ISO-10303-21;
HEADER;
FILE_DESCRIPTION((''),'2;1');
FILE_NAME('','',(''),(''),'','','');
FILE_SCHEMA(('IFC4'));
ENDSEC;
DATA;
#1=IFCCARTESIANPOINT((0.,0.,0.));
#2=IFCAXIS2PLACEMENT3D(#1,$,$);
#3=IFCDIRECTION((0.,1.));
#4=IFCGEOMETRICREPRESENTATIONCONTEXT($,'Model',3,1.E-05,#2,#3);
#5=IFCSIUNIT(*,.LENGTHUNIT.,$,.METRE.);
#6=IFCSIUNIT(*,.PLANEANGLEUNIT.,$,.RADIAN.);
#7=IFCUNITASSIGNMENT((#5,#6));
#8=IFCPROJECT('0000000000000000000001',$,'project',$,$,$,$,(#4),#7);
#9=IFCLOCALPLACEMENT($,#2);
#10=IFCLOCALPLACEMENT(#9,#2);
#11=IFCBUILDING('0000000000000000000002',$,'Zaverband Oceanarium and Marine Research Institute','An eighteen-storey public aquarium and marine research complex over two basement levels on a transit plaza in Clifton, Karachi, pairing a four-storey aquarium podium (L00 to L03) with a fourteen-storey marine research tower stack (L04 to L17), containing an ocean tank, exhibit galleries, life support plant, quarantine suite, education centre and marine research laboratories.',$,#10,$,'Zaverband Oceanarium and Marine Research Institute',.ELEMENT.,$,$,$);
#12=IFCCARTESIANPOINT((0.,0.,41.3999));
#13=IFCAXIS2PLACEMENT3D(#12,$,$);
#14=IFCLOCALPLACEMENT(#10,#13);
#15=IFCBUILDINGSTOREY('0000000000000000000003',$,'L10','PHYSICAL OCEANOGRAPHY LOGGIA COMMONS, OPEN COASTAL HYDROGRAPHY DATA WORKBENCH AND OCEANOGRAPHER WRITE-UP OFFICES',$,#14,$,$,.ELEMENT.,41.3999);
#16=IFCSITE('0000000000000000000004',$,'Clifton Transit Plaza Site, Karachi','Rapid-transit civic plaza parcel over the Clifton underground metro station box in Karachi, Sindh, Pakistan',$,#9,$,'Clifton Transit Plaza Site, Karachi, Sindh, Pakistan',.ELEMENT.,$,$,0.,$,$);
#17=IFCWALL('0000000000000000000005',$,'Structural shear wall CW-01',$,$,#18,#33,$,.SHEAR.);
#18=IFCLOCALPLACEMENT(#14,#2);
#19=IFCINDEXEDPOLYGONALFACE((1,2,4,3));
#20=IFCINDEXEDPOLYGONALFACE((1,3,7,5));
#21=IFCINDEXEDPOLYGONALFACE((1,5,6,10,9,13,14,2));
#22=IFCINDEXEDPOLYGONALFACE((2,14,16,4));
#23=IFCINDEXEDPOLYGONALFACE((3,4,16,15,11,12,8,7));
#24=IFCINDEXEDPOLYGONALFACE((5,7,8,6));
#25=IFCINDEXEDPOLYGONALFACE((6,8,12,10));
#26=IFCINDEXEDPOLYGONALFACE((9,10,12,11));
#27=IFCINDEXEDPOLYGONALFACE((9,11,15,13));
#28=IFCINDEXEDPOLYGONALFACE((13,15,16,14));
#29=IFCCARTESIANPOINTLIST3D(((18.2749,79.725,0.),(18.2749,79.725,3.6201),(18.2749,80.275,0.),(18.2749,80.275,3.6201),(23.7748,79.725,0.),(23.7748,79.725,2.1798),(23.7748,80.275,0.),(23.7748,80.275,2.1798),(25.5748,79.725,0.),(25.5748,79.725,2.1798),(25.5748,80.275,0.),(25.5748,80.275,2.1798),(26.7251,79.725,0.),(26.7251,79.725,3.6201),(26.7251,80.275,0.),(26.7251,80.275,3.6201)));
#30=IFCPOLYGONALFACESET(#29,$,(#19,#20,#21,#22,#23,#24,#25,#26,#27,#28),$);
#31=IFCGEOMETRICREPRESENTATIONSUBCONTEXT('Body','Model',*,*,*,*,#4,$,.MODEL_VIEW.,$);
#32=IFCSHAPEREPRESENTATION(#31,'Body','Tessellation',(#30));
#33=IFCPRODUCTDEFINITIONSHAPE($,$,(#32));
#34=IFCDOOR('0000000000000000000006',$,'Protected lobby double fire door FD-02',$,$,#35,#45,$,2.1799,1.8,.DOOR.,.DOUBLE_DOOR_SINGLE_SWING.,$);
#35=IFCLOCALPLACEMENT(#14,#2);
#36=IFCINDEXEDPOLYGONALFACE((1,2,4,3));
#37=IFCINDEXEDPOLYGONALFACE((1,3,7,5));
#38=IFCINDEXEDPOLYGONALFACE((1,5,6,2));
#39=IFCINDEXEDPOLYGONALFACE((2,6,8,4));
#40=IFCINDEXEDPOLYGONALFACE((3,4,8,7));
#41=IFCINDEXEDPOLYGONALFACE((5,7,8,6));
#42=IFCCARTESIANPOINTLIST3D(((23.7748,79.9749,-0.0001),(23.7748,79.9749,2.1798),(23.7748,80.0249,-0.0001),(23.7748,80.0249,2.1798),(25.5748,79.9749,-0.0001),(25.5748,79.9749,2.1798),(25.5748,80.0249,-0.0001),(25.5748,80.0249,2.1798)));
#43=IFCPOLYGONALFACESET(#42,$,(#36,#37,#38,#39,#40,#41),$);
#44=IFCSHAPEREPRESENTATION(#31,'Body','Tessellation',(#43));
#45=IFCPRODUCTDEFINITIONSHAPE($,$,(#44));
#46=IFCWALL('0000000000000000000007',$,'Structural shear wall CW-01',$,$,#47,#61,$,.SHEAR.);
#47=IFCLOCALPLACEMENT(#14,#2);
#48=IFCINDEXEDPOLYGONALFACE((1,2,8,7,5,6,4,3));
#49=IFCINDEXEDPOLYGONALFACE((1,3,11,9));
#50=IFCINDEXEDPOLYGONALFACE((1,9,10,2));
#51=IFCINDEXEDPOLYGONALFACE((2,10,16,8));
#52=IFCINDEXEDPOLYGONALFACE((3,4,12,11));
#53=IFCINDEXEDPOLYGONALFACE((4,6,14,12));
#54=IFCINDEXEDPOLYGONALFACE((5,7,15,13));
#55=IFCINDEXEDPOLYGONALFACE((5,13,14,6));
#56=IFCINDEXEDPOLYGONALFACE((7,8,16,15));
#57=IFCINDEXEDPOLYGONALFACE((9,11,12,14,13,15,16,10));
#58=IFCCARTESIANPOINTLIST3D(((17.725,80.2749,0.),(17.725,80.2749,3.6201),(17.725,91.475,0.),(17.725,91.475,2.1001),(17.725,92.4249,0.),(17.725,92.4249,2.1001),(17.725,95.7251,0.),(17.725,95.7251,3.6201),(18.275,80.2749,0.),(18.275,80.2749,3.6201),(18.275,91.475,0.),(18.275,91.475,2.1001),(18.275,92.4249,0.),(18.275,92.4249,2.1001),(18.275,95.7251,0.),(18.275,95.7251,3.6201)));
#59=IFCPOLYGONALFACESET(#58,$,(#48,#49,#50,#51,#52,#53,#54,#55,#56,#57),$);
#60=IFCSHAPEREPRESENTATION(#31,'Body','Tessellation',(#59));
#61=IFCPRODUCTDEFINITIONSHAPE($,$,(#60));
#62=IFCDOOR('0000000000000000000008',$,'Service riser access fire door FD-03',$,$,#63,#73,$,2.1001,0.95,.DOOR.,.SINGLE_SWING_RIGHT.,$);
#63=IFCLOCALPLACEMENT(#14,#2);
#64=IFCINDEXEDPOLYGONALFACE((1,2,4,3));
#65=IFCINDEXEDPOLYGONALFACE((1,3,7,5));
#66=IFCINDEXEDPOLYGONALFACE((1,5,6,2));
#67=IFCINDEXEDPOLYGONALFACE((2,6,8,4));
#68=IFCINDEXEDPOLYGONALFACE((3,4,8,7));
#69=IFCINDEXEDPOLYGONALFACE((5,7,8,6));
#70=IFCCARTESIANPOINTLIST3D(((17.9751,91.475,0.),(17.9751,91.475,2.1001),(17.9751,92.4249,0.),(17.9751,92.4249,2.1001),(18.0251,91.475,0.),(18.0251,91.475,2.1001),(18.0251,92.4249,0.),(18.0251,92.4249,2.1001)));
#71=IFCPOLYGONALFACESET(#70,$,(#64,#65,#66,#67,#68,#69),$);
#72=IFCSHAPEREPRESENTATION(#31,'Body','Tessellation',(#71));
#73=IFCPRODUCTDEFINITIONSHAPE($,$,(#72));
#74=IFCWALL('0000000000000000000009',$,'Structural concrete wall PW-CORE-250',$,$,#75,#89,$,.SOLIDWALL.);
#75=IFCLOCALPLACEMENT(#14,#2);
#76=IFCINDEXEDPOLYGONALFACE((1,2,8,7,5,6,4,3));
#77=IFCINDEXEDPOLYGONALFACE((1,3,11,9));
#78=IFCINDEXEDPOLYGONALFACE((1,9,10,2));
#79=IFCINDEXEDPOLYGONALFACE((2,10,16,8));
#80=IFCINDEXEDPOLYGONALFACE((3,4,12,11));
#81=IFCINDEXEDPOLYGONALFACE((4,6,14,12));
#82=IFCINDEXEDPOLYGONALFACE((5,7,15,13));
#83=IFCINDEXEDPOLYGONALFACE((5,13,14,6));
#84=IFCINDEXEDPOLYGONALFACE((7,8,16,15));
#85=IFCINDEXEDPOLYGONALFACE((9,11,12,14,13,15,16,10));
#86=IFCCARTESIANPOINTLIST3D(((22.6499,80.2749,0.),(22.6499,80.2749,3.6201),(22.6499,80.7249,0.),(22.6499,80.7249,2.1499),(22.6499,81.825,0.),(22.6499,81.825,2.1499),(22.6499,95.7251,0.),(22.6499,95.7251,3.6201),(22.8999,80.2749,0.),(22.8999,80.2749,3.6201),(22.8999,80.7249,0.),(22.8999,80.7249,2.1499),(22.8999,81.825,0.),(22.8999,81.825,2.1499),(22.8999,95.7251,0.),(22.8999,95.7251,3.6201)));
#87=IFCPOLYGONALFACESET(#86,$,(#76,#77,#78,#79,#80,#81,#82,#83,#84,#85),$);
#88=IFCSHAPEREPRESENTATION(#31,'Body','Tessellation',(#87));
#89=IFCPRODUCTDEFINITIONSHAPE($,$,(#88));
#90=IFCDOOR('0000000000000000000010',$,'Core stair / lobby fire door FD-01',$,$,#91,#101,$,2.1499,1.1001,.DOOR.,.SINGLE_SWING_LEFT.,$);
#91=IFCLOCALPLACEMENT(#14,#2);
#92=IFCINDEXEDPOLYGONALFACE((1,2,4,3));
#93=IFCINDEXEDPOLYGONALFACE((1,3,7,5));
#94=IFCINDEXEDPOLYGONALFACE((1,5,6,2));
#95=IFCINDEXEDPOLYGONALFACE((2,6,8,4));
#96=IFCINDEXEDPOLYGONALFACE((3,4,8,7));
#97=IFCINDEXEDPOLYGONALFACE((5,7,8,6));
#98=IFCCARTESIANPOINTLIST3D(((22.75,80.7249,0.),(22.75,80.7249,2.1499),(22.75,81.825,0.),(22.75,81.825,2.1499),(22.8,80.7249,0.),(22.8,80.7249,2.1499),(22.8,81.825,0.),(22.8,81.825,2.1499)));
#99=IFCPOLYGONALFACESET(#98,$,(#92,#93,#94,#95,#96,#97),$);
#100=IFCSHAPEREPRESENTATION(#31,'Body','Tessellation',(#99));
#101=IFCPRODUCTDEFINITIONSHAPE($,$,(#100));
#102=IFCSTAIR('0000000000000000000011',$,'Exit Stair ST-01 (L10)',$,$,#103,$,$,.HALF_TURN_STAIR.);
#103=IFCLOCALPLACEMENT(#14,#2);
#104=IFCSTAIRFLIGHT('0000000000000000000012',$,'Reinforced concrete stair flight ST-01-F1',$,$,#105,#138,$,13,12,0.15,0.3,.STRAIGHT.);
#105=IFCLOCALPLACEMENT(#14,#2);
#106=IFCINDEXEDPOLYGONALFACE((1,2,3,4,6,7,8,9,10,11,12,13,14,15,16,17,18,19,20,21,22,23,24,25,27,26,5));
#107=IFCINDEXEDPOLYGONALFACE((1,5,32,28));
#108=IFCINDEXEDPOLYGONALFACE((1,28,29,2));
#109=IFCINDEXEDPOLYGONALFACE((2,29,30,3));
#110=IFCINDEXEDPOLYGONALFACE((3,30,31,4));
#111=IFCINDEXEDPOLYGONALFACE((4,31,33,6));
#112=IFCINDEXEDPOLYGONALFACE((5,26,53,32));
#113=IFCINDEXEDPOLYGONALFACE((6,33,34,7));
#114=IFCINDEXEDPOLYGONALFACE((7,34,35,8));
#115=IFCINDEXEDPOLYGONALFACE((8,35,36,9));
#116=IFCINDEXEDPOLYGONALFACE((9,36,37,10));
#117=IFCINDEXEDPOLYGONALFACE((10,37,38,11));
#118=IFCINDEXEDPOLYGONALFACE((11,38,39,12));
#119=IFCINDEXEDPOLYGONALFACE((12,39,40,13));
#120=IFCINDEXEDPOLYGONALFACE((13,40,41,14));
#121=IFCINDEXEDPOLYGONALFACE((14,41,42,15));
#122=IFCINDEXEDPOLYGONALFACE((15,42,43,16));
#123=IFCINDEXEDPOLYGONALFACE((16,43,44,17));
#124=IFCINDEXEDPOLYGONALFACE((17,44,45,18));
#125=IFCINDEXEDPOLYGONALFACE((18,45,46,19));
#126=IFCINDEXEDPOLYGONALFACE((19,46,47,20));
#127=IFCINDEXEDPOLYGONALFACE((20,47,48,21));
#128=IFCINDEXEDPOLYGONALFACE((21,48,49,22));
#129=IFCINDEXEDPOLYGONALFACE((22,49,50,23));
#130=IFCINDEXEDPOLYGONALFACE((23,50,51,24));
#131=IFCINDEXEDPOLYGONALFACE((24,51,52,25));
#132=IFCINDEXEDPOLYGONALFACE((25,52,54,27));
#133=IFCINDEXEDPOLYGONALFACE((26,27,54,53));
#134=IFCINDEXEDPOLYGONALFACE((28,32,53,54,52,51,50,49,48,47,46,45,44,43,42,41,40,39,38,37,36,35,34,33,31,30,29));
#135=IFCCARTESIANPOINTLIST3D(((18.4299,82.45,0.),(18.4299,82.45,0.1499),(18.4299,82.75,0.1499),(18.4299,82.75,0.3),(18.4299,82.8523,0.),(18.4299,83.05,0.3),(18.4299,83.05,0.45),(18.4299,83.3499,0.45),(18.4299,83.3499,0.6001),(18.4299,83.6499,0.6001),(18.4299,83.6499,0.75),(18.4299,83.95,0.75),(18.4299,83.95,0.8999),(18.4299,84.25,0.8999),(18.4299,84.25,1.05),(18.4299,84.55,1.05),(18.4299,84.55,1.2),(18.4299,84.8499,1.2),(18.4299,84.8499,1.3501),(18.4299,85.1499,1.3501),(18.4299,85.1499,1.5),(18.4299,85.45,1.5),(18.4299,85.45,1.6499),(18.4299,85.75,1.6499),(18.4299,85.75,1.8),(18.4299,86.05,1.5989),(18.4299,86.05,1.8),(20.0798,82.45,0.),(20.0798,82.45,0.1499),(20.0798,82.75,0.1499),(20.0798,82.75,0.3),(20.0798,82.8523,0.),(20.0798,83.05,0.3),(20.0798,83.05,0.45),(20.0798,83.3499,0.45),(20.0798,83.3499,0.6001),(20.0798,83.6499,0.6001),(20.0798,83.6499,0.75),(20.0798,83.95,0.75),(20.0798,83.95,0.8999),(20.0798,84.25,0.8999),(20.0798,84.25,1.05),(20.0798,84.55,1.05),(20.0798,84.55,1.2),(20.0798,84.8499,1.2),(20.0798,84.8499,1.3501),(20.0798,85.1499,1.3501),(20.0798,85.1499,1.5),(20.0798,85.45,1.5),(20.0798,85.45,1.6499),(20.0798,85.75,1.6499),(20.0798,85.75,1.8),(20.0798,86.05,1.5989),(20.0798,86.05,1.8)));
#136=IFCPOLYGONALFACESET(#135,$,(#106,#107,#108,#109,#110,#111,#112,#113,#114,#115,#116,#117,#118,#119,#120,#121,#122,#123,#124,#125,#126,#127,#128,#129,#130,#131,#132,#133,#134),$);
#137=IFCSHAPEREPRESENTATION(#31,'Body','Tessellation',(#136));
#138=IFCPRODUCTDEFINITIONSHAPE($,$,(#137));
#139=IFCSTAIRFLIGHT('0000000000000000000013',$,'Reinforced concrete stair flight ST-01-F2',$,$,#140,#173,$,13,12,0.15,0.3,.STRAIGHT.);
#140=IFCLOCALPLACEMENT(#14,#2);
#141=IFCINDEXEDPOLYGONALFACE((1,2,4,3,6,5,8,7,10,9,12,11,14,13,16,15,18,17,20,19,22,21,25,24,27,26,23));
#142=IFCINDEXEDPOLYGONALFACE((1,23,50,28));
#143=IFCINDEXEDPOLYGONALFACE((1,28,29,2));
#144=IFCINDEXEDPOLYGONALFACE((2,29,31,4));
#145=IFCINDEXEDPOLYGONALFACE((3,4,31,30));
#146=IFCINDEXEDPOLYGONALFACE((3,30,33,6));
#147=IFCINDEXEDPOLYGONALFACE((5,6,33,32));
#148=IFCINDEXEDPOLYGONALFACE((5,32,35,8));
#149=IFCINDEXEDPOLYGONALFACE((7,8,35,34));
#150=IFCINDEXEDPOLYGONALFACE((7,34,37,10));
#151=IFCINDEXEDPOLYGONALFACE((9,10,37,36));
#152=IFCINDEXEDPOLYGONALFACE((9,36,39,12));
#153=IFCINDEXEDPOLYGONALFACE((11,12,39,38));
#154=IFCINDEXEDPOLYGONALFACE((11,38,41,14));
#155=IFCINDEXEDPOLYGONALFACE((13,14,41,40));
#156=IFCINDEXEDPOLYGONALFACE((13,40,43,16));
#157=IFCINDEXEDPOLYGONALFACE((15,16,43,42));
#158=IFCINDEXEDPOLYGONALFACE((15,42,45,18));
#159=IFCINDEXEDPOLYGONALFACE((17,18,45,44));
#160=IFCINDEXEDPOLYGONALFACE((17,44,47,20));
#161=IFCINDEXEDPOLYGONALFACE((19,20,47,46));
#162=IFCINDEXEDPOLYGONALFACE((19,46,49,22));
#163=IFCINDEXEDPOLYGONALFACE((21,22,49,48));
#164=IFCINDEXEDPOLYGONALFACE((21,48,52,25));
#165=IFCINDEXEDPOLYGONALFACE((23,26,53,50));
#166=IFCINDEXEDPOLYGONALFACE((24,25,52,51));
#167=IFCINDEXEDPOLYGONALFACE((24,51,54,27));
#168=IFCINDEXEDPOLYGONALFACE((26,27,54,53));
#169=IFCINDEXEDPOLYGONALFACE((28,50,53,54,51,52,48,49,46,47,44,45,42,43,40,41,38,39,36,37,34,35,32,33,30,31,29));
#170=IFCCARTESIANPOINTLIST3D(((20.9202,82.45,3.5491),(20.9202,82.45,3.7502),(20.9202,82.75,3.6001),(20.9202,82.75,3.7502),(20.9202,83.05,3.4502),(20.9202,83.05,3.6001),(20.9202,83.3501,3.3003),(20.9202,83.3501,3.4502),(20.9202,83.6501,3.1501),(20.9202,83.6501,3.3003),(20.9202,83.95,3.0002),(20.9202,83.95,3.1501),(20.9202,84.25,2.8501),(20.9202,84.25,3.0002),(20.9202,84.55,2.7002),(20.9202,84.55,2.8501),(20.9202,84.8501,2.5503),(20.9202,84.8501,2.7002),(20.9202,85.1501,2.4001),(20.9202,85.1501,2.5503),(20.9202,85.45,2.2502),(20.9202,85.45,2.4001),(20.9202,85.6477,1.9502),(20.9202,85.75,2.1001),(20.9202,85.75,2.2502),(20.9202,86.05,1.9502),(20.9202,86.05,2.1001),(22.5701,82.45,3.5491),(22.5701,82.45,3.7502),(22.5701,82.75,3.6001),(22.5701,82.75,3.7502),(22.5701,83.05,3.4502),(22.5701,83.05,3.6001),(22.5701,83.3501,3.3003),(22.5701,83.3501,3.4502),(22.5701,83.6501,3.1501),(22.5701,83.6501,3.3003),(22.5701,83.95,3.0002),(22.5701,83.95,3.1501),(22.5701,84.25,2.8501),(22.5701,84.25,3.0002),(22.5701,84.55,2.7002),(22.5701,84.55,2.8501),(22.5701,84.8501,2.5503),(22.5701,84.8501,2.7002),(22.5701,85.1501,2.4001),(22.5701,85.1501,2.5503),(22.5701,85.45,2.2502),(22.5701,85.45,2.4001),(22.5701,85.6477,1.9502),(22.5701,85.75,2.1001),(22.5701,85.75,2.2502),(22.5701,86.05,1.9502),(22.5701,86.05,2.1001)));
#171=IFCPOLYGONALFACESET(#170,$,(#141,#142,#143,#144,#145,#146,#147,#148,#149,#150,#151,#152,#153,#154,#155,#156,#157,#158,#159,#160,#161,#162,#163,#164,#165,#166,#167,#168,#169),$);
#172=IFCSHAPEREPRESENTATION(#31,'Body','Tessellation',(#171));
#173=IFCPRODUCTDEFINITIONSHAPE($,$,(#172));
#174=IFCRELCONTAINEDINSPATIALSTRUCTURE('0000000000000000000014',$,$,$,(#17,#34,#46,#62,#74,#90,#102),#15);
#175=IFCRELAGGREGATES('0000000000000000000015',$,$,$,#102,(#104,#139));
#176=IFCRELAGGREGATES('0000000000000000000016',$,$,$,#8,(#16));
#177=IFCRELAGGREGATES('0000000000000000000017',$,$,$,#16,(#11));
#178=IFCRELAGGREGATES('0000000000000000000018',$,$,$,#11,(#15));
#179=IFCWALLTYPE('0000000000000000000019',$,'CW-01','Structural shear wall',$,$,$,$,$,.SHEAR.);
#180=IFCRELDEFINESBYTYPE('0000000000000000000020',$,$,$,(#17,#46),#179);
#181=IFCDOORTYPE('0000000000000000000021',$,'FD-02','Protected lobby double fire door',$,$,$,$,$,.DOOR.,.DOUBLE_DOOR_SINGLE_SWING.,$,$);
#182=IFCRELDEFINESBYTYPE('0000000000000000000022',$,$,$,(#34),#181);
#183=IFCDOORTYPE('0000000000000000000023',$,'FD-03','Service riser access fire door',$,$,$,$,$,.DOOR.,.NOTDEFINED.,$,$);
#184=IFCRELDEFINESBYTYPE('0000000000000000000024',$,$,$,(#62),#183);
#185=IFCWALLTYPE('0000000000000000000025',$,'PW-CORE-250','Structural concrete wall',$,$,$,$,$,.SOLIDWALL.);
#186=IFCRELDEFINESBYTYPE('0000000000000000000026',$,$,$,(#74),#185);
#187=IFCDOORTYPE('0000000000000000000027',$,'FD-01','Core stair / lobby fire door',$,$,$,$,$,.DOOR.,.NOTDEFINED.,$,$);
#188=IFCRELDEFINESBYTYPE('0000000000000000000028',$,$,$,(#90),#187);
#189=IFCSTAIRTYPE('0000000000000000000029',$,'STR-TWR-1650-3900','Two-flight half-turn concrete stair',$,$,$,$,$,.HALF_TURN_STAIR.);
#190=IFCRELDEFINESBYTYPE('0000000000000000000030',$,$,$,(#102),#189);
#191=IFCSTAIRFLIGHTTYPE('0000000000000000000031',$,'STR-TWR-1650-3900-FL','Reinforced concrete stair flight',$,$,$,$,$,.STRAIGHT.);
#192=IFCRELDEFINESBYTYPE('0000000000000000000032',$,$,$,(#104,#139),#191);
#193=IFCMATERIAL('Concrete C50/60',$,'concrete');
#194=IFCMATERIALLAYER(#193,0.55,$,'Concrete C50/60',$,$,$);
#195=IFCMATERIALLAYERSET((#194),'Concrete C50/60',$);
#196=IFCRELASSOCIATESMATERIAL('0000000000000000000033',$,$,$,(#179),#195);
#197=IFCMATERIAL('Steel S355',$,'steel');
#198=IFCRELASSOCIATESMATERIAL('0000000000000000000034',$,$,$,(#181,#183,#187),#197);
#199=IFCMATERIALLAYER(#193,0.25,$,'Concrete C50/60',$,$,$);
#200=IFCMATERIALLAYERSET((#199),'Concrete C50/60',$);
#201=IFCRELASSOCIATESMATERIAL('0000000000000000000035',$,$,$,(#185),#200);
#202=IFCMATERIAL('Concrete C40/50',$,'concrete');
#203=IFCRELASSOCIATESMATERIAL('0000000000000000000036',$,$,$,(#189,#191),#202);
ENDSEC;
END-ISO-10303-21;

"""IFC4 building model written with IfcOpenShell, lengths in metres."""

from ifc_helpers import new_model, si_unit, direction, frame, frame_2d, origin, place, context, subcontext, project, spatial, polyline, rectangle, outline, extrude, material, layer, layer_set, type_object, element, fill, aggregate, save


model = new_model("IFC4")

# Units and contexts
model_context = context("Model", 3, precision=1e-05, world=origin(), true_north=direction((0.0, 1.0)))
body_context = subcontext(model_context, "Body", "Model", "MODEL_VIEW")
ifc_project = project(units=[si_unit("LENGTHUNIT", "METRE"), si_unit("PLANEANGLEUNIT", "RADIAN")], contexts=[model_context])

# Site, building, storey
site_placement = place(None, origin())
site = spatial("IfcSite", under=ifc_project, at=site_placement, Name="Clifton Transit Plaza Site, Karachi", Description="Rapid-transit civic plaza parcel over the Clifton underground metro station box in Karachi, Sindh, Pakistan", LongName="Clifton Transit Plaza Site, Karachi, Sindh, Pakistan", CompositionType="ELEMENT", RefElevation=0.0)
building_placement = place(site_placement, origin())
building = spatial("IfcBuilding", under=site, at=building_placement, Name="Zaverband Oceanarium and Marine Research Institute", Description="An eighteen-storey public aquarium and marine research complex over two basement levels on a transit plaza in Clifton, Karachi, pairing a four-storey aquarium podium (L00 to L03) with a fourteen-storey marine research tower stack (L04 to L17), containing an ocean tank, exhibit galleries, life support plant, quarantine suite, education centre and marine research laboratories.", LongName="Zaverband Oceanarium and Marine Research Institute", CompositionType="ELEMENT")
storey_placement = place(building_placement, frame((0.0, 0.0, 41.3999)))
storey = spatial("IfcBuildingStorey", under=building, at=storey_placement, Name="L10", Description="PHYSICAL OCEANOGRAPHY LOGGIA COMMONS, OPEN COASTAL HYDROGRAPHY DATA WORKBENCH AND OCEANOGRAPHER WRITE-UP OFFICES", CompositionType="ELEMENT", Elevation=41.3999)

# Shared definitions
ifc_material_1 = material(Name="Concrete C50/60", Category="concrete")

# Shared definitions
ifc_material_2 = material(Name="Concrete C40/50", Category="concrete")

# Walls, openings, doors
ifc_layer_1 = layer(ifc_material_1, 0.55, Name="Concrete C50/60")
ifc_layer_set_1 = layer_set([ifc_layer_1], Name="Concrete C50/60")
wall_type_1 = type_object("IfcWallType", Name="CW-01", Description="Structural shear wall", PredefinedType="SHEAR", material=ifc_layer_set_1)
wall_1_placement = place(storey_placement, frame((18.2749, 80.0, 0.0), z_axis=(0.0, 0.0, 1.0), x_axis=(1.0, 0.0, 0.0)))
wall_1 = element("IfcWall", 1, at=wall_1_placement, inside=storey, type_object=wall_type_1, Name="Structural shear wall CW-01", PredefinedType="SHEAR", context=body_context, shape_type="SweptSolid", body=[
    extrude(rectangle(XDim=8.4502, YDim=0.55, at=frame_2d((4.2251, 0.0))), origin(), (0.0, 0.0, 1.0), 3.6201),
])
opening_1_placement = place(wall_1_placement, frame((5.5, 0.0, 0.0)))
opening_1 = element("IfcOpeningElement", 2, at=opening_1_placement, cuts=wall_1, PredefinedType="OPENING", context=body_context, shape_type="SweptSolid", body=[
    extrude(rectangle(XDim=1.8, YDim=2.1799, at=frame_2d((0.8999, 1.0898))), frame((0.0, 0.2871, 0.0), z_axis=(0.0, -1.0, 0.0), x_axis=(1.0, 0.0, 0.0)), (0.0, 0.0, 1.0), 0.574),
])
ifc_material_3 = material(Name="Steel S355", Category="steel")
door_type_1 = type_object("IfcDoorType", Name="FD-02", Description="Protected lobby double fire door", OperationType="DOUBLE_DOOR_SINGLE_SWING", PredefinedType="DOOR", material=ifc_material_3)
door_1_placement = place(opening_1_placement, origin())
door_1 = element("IfcDoor", 3, at=door_1_placement, inside=storey, type_object=door_type_1, Name="Protected lobby double fire door FD-02", OperationType="DOUBLE_DOOR_SINGLE_SWING", OverallHeight=2.1799, OverallWidth=1.8, PredefinedType="DOOR", context=body_context, shape_type="SweptSolid", body=[
    extrude(rectangle(XDim=1.8, YDim=2.1799, at=frame_2d((0.8999, 1.0898))), frame((0.0, 0.0249, 0.0), z_axis=(0.0, -1.0, 0.0), x_axis=(1.0, 0.0, 0.0)), (0.0, 0.0, 1.0), 0.05),
])
fill(opening_1, door_1)
wall_2_placement = place(storey_placement, frame((18.0, 80.2749, 0.0), z_axis=(0.0, 0.0, 1.0), x_axis=(0.0, 1.0, 0.0)))
wall_2 = element("IfcWall", 4, at=wall_2_placement, inside=storey, type_object=wall_type_1, Name="Structural shear wall CW-01", PredefinedType="SHEAR", context=body_context, shape_type="SweptSolid", body=[
    extrude(rectangle(XDim=15.4502, YDim=0.55, at=frame_2d((7.7251, 0.0))), origin(), (0.0, 0.0, 1.0), 3.6201),
])
opening_2_placement = place(wall_2_placement, frame((11.2, 0.0, 0.0)))
opening_2 = element("IfcOpeningElement", 5, at=opening_2_placement, cuts=wall_2, PredefinedType="OPENING", context=body_context, shape_type="SweptSolid", body=[
    extrude(rectangle(XDim=0.95, YDim=2.1001, at=frame_2d((0.4751, 1.05))), frame((0.0, 0.2871, 0.0), z_axis=(0.0, -1.0, 0.0), x_axis=(1.0, 0.0, 0.0)), (0.0, 0.0, 1.0), 0.574),
])
door_type_2 = type_object("IfcDoorType", Name="FD-03", Description="Service riser access fire door", OperationType="NOTDEFINED", PredefinedType="DOOR", material=ifc_material_3)
door_2_placement = place(opening_2_placement, origin())
door_2 = element("IfcDoor", 6, at=door_2_placement, inside=storey, type_object=door_type_2, Name="Service riser access fire door FD-03", OperationType="SINGLE_SWING_RIGHT", OverallHeight=2.1001, OverallWidth=0.95, PredefinedType="DOOR", context=body_context, shape_type="SweptSolid", body=[
    extrude(rectangle(XDim=0.95, YDim=2.1001, at=frame_2d((0.4751, 1.05))), frame((0.0, 0.0249, 0.0), z_axis=(0.0, -1.0, 0.0), x_axis=(1.0, 0.0, 0.0)), (0.0, 0.0, 1.0), 0.05),
])
fill(opening_2, door_2)

# Wall, opening, door
ifc_layer_2 = layer(ifc_material_1, 0.25, Name="Concrete C50/60")
ifc_layer_set_2 = layer_set([ifc_layer_2], Name="Concrete C50/60")
wall_type_2 = type_object("IfcWallType", Name="PW-CORE-250", Description="Structural concrete wall", PredefinedType="SOLIDWALL", material=ifc_layer_set_2)
wall_3_placement = place(storey_placement, frame((22.7749, 80.2749, 0.0), z_axis=(0.0, 0.0, 1.0), x_axis=(0.0, 1.0, 0.0)))
wall_3 = element("IfcWall", 7, at=wall_3_placement, inside=storey, type_object=wall_type_2, Name="Structural concrete wall PW-CORE-250", PredefinedType="SOLIDWALL", context=body_context, shape_type="SweptSolid", body=[
    extrude(rectangle(XDim=15.4502, YDim=0.25, at=frame_2d((7.7251, 0.0))), origin(), (0.0, 0.0, 1.0), 3.6201),
])
opening_3_placement = place(wall_3_placement, frame((0.45, 0.0, 0.0)))
opening_3 = element("IfcOpeningElement", 8, at=opening_3_placement, cuts=wall_3, PredefinedType="OPENING", context=body_context, shape_type="SweptSolid", body=[
    extrude(rectangle(XDim=1.1001, YDim=2.1499, at=frame_2d((0.55, 1.075))), frame((0.0, 0.137, 0.0), z_axis=(0.0, -1.0, 0.0), x_axis=(1.0, 0.0, 0.0)), (0.0, 0.0, 1.0), 0.2739),
])
door_type_3 = type_object("IfcDoorType", Name="FD-01", Description="Core stair / lobby fire door", OperationType="NOTDEFINED", PredefinedType="DOOR", material=ifc_material_3)
door_3_placement = place(opening_3_placement, origin())
door_3 = element("IfcDoor", 9, at=door_3_placement, inside=storey, type_object=door_type_3, Name="Core stair / lobby fire door FD-01", OperationType="SINGLE_SWING_LEFT", OverallHeight=2.1499, OverallWidth=1.1001, PredefinedType="DOOR", context=body_context, shape_type="SweptSolid", body=[
    extrude(rectangle(XDim=1.1001, YDim=2.1499, at=frame_2d((0.55, 1.075))), frame((0.0, 0.0249, 0.0), z_axis=(0.0, -1.0, 0.0), x_axis=(1.0, 0.0, 0.0)), (0.0, 0.0, 1.0), 0.05),
])
fill(opening_3, door_3)

# Stair, stair flights
stair_type = type_object("IfcStairType", Name="STR-TWR-1650-3900", Description="Two-flight half-turn concrete stair", PredefinedType="HALF_TURN_STAIR", material=ifc_material_2)
stair_placement = place(storey_placement, origin())
stair = element("IfcStair", 10, at=stair_placement, inside=storey, type_object=stair_type, Name="Exit Stair ST-01 (L10)", PredefinedType="HALF_TURN_STAIR")
stair_flight_type = type_object("IfcStairFlightType", Name="STR-TWR-1650-3900-FL", Description="Reinforced concrete stair flight", PredefinedType="STRAIGHT", material=ifc_material_2)
stair_flight_1_placement = place(storey_placement, frame((19.2549, 82.45, 0.0), z_axis=(0.0, 0.0, 1.0), x_axis=(0.0, 1.0, 0.0)))
stair_flight_1 = element("IfcStairFlight", 11, at=stair_flight_1_placement, type_object=stair_flight_type, Name="Reinforced concrete stair flight ST-01-F1", NumberOfRisers=13, NumberOfTreads=12, PredefinedType="STRAIGHT", RiserHeight=0.15, TreadLength=0.3, context=body_context, shape_type="SweptSolid", body=[
    extrude(outline(polyline([(0.0, 0.0), (0.0, 0.1499), (0.3, 0.1499), (0.3, 0.3), (0.6001, 0.3), (0.6001, 0.45), (0.8999, 0.45), (0.8999, 0.6001), (1.2, 0.6001), (1.2, 0.75), (1.5, 0.75), (1.5, 0.8999), (1.8, 0.8999), (1.8, 1.05), (2.1001, 1.05), (2.1001, 1.2), (2.3999, 1.2), (2.3999, 1.3501), (2.7, 1.3501), (2.7, 1.5), (3.0, 1.5), (3.0, 1.6499), (3.3, 1.6499), (3.3, 1.8), (3.6001, 1.8), (3.6001, 1.95), (3.6001, 1.5989), (0.4023, 0.0), (0.0, 0.0)])), frame((0.0, 0.825, 0.0), z_axis=(0.0, -1.0, 0.0), x_axis=(1.0, 0.0, 0.0)), (0.0, 0.0, 1.0), 1.6499),
])
stair_flight_2_placement = place(storey_placement, frame((21.7451, 86.05, 1.9502), z_axis=(0.0, 0.0, 1.0), x_axis=(0.0, -1.0, 0.0)))
stair_flight_2 = element("IfcStairFlight", 12, at=stair_flight_2_placement, type_object=stair_flight_type, Name="Reinforced concrete stair flight ST-01-F2", NumberOfRisers=13, NumberOfTreads=12, PredefinedType="STRAIGHT", RiserHeight=0.15, TreadLength=0.3, context=body_context, shape_type="SweptSolid", body=[
    extrude(outline(polyline([(0.0, 0.0), (0.0, 0.1499), (0.3, 0.1499), (0.3, 0.3), (0.6001, 0.3), (0.6001, 0.45), (0.8999, 0.45), (0.8999, 0.6001), (1.2, 0.6001), (1.2, 0.75), (1.5, 0.75), (1.5, 0.8999), (1.8, 0.8999), (1.8, 1.05), (2.1001, 1.05), (2.1001, 1.2), (2.3999, 1.2), (2.3999, 1.3501), (2.7, 1.3501), (2.7, 1.5), (3.0, 1.5), (3.0, 1.6499), (3.3, 1.6499), (3.3, 1.8), (3.6001, 1.8), (3.6001, 1.95), (3.6001, 1.5989), (0.4023, 0.0), (0.0, 0.0)])), frame((0.0, 0.825, 0.0), z_axis=(0.0, -1.0, 0.0), x_axis=(1.0, 0.0, 0.0)), (0.0, 0.0, 1.0), 1.6499),
])
aggregate(stair, [stair_flight_1, stair_flight_2])

save(model, "model.ifc")
